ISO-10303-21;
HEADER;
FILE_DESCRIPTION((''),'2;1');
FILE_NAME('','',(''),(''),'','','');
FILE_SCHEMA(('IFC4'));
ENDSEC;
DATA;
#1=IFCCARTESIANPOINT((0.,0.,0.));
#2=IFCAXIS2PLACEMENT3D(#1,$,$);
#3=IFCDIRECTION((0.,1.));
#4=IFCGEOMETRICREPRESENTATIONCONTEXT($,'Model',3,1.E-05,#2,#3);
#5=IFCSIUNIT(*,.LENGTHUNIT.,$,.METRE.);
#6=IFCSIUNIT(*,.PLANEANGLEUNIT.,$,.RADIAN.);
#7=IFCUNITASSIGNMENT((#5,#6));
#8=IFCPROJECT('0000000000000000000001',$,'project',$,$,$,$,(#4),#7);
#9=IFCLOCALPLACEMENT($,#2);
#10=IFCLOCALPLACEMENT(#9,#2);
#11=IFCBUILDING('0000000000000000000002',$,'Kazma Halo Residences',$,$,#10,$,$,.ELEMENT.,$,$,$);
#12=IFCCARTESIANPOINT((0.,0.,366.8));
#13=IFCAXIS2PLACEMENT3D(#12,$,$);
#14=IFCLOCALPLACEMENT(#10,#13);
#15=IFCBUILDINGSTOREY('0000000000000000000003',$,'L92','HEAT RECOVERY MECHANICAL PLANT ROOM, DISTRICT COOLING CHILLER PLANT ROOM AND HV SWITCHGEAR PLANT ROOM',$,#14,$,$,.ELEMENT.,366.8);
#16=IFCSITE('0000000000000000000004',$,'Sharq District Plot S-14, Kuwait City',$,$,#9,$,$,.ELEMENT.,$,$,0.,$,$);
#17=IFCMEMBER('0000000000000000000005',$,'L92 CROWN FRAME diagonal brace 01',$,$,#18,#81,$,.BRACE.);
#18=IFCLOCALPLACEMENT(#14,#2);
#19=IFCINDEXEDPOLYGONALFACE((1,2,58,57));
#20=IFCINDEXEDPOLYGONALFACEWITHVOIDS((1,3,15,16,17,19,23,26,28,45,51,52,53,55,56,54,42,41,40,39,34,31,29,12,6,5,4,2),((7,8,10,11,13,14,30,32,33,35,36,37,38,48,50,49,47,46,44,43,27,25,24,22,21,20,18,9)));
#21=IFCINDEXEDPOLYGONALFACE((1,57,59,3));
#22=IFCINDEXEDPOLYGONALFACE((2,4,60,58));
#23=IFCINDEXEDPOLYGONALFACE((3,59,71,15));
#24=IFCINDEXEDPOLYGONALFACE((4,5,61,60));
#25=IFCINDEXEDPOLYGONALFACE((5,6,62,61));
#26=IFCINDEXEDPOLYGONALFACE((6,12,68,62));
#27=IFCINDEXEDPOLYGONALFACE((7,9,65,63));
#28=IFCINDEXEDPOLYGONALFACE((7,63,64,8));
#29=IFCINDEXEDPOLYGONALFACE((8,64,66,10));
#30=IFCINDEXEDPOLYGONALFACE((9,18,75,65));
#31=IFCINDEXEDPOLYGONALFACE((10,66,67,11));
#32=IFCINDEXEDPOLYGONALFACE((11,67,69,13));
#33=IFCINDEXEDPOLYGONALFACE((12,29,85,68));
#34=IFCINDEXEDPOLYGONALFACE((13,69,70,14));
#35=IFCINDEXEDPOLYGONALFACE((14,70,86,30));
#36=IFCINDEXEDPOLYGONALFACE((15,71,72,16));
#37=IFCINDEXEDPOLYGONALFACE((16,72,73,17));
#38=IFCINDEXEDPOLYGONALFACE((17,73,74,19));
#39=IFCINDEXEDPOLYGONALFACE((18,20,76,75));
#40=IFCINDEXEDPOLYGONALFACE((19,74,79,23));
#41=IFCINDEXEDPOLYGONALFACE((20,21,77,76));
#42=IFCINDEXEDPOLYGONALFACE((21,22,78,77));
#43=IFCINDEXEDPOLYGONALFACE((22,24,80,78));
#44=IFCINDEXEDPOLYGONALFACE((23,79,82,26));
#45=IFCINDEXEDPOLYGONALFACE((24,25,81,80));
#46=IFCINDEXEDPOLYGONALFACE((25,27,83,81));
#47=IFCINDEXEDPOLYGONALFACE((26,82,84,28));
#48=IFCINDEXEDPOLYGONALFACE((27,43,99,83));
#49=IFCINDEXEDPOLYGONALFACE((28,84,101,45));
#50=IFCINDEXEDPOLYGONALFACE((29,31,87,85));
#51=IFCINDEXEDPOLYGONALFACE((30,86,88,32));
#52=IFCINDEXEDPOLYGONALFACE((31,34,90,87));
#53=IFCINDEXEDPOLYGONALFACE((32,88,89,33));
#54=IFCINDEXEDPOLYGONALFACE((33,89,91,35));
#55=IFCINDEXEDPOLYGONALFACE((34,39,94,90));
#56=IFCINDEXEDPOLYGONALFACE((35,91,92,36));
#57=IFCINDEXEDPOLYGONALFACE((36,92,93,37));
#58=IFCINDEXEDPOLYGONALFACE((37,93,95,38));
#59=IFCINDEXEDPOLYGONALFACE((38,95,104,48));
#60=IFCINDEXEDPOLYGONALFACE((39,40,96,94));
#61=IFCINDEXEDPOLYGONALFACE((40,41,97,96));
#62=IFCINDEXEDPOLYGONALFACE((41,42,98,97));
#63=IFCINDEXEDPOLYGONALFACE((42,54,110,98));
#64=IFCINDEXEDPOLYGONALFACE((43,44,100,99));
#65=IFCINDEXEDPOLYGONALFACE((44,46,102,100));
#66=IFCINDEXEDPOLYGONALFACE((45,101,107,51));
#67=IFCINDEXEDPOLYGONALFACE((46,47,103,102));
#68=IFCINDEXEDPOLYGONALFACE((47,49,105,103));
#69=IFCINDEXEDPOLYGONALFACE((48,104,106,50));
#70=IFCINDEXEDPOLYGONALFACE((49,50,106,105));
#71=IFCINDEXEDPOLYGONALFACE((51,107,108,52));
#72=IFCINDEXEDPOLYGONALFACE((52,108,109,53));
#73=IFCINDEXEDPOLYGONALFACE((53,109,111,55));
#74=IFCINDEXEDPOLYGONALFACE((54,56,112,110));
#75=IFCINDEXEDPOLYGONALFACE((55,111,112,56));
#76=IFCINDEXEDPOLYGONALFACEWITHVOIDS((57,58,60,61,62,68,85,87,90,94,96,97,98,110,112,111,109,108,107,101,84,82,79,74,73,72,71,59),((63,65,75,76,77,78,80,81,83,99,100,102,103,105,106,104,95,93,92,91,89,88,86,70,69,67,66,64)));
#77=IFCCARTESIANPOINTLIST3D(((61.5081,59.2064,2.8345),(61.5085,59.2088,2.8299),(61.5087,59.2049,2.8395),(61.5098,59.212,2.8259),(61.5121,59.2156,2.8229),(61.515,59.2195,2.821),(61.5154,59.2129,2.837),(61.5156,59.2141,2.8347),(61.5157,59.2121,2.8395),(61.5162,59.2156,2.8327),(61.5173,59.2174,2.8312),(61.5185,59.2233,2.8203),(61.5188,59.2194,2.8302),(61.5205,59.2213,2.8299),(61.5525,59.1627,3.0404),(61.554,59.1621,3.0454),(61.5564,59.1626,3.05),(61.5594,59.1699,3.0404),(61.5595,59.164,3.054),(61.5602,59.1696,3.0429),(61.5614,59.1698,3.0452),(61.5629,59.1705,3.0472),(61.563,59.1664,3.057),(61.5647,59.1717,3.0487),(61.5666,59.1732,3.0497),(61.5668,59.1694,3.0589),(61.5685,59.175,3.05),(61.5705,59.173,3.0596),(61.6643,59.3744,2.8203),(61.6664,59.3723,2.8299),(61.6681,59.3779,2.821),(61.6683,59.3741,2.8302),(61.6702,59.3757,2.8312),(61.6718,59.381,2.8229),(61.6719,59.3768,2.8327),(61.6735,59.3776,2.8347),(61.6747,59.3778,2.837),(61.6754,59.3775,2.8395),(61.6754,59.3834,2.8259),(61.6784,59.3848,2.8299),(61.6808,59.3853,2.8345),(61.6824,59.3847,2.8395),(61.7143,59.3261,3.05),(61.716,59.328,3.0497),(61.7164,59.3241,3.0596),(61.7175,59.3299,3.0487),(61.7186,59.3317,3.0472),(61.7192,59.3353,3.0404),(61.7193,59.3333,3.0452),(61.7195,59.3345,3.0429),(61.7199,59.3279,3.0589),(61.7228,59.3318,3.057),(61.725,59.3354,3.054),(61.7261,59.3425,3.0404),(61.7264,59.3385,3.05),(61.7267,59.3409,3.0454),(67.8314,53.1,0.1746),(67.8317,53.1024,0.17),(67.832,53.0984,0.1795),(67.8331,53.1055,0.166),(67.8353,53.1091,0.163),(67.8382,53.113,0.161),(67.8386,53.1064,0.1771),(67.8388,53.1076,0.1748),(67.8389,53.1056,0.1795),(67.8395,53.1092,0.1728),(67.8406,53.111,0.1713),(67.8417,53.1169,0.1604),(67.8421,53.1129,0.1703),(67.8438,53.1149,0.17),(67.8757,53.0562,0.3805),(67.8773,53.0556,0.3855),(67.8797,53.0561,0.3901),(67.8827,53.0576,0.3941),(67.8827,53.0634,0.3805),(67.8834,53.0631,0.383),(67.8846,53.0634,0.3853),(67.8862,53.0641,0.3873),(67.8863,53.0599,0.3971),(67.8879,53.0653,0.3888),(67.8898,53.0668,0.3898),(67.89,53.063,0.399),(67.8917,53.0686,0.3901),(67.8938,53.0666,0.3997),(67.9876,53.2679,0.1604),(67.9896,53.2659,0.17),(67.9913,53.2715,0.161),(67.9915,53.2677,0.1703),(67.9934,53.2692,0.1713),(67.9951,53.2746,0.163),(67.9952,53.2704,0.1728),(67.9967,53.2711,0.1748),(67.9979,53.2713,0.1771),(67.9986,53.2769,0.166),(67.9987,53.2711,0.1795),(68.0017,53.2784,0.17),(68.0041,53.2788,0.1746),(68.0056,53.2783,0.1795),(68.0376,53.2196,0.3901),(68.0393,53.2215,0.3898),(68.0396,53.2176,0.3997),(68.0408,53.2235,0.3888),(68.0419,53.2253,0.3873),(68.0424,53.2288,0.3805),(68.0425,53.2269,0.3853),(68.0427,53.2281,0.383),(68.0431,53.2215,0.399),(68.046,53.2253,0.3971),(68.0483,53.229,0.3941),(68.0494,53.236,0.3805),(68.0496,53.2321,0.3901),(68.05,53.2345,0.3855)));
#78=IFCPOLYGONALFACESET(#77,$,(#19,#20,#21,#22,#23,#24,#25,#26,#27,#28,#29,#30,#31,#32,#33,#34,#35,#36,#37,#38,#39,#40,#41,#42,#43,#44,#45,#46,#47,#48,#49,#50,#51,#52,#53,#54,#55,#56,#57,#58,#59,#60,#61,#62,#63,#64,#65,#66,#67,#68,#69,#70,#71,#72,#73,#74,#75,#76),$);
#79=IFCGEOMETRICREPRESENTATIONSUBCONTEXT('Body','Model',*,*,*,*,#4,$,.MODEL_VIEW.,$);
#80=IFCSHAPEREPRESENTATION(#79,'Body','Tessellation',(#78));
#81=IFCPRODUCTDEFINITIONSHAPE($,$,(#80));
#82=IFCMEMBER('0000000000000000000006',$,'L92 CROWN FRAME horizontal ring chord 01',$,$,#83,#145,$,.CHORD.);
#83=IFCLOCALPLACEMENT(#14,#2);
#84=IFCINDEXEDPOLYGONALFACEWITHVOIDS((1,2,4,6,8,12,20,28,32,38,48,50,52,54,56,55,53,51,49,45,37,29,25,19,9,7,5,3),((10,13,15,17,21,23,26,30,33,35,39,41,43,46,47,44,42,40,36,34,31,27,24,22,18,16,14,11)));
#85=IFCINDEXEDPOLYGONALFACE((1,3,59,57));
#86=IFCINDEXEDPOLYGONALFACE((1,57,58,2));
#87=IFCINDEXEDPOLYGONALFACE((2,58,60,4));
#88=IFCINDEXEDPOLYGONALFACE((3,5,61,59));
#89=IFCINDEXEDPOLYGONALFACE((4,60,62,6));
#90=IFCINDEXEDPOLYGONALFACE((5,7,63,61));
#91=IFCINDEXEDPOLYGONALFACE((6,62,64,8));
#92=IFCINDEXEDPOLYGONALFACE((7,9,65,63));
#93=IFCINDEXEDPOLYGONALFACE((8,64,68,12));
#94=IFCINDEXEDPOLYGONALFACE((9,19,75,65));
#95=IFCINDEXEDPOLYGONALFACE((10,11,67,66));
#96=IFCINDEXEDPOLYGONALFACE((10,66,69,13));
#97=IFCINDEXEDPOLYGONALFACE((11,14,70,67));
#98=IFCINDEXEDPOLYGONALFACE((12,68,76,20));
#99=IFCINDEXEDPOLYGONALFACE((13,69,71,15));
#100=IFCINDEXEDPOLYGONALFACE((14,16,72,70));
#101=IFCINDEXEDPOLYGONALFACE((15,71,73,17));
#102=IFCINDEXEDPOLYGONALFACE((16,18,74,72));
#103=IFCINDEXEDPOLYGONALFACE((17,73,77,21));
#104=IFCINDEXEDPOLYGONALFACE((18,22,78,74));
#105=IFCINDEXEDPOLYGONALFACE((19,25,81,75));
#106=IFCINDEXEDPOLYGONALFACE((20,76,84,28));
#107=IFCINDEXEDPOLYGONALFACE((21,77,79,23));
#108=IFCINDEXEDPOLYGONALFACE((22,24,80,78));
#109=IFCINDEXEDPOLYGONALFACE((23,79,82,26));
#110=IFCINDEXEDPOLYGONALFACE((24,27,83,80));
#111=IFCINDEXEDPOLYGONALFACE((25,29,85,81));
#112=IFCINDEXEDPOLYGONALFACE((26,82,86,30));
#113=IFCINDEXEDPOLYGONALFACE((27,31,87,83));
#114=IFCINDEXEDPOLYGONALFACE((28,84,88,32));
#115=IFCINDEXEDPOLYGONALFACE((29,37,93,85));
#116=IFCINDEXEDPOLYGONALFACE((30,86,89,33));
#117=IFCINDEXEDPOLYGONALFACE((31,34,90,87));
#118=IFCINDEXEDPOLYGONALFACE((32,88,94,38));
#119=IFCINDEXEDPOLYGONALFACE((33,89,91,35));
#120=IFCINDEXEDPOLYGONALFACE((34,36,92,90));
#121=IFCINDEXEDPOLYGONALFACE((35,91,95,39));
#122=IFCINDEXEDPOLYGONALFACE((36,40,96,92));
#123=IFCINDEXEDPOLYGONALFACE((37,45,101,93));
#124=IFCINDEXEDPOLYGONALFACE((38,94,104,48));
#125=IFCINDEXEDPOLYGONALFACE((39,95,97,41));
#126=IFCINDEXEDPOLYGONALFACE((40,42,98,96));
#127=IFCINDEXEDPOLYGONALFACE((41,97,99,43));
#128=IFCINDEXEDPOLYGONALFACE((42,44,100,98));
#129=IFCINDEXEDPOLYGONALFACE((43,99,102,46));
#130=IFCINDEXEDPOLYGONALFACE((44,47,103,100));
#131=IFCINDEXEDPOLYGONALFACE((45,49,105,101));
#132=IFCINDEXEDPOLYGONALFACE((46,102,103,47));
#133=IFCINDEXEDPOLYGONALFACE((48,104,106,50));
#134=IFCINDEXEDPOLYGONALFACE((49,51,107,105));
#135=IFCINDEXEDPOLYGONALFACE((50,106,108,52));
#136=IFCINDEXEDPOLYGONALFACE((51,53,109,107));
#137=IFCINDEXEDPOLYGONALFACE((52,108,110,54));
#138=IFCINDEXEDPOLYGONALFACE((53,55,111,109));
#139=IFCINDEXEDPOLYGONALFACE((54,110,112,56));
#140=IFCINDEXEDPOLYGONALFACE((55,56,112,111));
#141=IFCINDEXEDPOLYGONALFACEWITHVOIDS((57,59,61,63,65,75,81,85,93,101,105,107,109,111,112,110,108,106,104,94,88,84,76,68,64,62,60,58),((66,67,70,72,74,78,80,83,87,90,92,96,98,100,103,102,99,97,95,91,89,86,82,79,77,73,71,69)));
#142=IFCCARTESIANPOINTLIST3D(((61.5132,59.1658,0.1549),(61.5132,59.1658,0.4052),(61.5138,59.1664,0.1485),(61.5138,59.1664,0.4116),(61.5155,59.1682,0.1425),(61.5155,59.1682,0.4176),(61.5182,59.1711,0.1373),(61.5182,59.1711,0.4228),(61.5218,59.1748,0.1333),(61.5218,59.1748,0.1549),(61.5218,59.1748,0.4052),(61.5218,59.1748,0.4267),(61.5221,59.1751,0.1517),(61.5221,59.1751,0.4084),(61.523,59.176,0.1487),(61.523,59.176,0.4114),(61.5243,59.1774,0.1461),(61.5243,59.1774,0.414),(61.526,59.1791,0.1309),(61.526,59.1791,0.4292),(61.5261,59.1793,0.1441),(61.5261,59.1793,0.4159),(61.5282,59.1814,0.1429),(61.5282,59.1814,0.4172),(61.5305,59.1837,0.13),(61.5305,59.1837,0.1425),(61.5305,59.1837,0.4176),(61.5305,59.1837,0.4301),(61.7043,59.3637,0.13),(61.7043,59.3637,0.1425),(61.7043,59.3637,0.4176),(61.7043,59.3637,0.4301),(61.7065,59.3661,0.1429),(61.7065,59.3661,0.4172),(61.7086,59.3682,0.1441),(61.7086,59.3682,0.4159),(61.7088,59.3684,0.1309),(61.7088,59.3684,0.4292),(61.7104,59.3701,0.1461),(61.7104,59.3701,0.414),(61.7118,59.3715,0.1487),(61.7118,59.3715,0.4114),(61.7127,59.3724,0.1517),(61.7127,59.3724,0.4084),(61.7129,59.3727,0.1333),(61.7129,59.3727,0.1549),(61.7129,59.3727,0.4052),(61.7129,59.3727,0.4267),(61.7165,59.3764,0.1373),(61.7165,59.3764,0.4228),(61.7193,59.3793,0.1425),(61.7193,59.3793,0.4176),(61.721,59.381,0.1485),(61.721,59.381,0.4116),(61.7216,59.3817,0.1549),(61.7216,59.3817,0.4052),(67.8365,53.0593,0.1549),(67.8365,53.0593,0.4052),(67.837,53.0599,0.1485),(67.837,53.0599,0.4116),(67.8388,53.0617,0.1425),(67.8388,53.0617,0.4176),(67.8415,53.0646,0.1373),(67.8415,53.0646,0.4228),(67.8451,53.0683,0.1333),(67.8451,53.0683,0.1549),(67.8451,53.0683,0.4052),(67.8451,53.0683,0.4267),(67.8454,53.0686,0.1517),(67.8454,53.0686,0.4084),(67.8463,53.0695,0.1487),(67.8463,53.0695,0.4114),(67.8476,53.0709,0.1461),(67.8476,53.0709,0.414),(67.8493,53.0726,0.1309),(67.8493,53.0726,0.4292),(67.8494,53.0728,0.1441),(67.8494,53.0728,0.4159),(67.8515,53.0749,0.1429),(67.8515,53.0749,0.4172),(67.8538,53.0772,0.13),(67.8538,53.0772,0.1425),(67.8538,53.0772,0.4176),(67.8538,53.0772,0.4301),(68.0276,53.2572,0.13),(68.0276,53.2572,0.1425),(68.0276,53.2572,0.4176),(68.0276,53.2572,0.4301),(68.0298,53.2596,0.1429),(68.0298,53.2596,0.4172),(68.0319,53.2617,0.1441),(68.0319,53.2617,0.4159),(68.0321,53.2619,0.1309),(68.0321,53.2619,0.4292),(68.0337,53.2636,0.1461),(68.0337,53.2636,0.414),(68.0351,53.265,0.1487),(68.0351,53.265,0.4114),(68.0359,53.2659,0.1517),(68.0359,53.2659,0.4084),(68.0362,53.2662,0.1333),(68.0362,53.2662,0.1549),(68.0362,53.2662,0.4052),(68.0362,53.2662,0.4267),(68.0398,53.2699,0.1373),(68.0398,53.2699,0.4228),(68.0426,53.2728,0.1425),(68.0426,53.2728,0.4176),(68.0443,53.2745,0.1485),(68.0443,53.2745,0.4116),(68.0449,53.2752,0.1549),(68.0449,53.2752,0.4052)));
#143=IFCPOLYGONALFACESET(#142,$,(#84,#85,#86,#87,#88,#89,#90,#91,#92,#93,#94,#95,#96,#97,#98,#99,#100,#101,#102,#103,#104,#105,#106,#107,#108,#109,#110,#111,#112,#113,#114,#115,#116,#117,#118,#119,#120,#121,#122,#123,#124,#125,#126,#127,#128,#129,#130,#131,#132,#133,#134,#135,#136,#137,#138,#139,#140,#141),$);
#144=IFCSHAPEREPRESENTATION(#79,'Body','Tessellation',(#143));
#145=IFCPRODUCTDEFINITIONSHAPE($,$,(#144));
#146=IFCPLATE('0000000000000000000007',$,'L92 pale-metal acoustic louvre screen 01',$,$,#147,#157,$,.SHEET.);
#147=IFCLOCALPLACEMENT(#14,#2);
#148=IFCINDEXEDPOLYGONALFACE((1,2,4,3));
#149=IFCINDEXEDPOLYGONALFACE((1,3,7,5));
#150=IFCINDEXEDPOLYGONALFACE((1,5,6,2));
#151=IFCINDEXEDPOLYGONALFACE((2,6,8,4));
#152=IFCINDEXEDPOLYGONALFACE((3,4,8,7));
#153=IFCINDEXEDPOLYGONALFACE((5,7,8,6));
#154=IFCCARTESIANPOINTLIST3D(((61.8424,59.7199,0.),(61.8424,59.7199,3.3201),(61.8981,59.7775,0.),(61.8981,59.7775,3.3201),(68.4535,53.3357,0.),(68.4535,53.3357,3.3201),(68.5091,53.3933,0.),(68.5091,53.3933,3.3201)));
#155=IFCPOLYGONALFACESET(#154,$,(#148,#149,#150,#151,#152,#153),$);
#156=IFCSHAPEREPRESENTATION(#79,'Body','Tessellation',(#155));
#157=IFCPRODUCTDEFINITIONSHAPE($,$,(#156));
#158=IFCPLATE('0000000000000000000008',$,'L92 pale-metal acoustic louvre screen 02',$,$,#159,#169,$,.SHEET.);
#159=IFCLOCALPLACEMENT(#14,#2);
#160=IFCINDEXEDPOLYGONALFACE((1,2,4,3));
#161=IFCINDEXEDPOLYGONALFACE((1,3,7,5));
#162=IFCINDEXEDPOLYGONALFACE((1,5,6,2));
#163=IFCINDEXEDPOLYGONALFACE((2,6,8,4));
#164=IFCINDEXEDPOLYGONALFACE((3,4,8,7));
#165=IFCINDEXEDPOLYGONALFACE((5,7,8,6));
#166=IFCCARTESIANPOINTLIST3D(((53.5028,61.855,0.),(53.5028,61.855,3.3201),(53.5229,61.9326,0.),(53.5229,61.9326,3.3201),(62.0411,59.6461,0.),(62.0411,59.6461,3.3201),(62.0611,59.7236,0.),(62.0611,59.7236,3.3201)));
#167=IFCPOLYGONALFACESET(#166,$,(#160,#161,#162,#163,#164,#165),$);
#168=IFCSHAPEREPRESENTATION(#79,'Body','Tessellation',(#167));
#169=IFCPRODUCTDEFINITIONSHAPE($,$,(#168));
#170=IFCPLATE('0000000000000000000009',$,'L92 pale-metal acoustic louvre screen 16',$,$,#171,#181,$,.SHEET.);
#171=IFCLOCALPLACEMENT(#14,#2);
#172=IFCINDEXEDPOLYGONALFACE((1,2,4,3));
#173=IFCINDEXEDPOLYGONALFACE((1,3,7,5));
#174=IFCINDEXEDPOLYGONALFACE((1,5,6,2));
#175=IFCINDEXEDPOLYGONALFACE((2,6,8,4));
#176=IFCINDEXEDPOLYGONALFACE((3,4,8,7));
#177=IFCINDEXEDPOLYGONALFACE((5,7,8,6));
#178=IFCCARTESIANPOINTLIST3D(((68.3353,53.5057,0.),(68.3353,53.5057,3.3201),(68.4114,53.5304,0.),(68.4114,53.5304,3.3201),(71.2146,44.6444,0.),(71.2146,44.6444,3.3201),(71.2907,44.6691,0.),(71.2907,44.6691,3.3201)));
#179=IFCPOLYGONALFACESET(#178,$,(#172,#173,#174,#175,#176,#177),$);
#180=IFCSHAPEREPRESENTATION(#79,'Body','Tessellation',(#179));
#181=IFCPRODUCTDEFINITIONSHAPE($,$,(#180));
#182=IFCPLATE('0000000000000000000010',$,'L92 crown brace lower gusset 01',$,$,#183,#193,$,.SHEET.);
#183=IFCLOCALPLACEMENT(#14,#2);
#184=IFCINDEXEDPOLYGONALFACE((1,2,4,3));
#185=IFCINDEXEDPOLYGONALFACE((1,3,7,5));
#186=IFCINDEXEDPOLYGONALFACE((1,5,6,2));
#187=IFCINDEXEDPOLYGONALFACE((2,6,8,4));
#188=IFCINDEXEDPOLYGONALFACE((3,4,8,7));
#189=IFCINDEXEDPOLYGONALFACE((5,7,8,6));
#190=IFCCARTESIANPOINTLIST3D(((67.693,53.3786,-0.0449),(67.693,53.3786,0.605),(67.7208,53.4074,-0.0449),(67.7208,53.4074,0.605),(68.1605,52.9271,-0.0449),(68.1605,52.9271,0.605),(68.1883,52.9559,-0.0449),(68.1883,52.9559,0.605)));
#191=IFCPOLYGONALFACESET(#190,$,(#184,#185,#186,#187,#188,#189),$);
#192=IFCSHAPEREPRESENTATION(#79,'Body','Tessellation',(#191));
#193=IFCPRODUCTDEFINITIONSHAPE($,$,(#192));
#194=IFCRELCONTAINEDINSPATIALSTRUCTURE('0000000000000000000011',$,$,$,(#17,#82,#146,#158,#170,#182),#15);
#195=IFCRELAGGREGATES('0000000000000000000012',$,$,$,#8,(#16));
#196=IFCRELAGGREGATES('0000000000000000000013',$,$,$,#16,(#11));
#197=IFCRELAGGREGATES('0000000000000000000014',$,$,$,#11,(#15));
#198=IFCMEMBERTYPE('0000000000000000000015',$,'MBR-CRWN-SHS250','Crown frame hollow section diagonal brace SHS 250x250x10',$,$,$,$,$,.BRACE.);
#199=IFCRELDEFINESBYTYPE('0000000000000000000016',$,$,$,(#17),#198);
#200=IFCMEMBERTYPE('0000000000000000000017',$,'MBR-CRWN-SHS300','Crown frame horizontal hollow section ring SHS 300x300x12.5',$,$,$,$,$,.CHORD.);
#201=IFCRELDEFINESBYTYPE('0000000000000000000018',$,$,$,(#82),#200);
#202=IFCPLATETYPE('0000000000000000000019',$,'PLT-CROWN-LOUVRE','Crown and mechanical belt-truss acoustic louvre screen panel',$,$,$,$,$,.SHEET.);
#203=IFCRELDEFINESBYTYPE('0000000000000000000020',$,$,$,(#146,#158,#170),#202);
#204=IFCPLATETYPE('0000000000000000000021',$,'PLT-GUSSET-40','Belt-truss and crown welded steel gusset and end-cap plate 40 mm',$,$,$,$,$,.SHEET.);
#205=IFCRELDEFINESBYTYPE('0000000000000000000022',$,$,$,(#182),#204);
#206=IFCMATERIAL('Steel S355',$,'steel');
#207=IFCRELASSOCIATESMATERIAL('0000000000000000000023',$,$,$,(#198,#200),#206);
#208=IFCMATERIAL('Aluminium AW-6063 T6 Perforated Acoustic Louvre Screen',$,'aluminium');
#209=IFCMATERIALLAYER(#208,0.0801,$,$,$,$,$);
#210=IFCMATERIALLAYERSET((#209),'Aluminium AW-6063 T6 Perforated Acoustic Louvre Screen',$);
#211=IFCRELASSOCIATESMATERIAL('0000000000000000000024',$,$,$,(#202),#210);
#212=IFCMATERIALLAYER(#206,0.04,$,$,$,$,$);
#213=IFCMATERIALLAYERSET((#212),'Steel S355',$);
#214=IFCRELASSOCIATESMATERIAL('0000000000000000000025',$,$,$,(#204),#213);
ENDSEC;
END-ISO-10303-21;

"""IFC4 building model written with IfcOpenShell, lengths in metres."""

from ifc_helpers import new_model, si_unit, direction, frame, origin, origin_2d, place, context, subcontext, project, spatial, rectangle, hollow_rectangle, extrude, material, layer, layer_set, material_profile, profile_set, type_object, element, save


model = new_model("IFC4")

# Units and contexts
model_context = context("Model", 3, precision=1e-05, world=origin(), true_north=direction((0.0, 1.0)))
body_context = subcontext(model_context, "Body", "Model", "MODEL_VIEW")
ifc_project = project(units=[si_unit("LENGTHUNIT", "METRE"), si_unit("PLANEANGLEUNIT", "RADIAN")], contexts=[model_context])

# Site, building, storey
site_placement = place(None, origin())
site = spatial("IfcSite", under=ifc_project, at=site_placement, Name="Sharq District Plot S-14, Kuwait City", CompositionType="ELEMENT", RefElevation=0.0)
building_placement = place(site_placement, origin())
building = spatial("IfcBuilding", under=site, at=building_placement, Name="Kazma Halo Residences", CompositionType="ELEMENT")
storey_placement = place(building_placement, frame((0.0, 0.0, 366.8)))
storey = spatial("IfcBuildingStorey", under=building, at=storey_placement, Name="L92", Description="HEAT RECOVERY MECHANICAL PLANT ROOM, DISTRICT COOLING CHILLER PLANT ROOM AND HV SWITCHGEAR PLANT ROOM", CompositionType="ELEMENT", Elevation=366.8)

# Shared definitions
ifc_material_1 = material(Name="Steel S355", Category="steel")

# Members
ifc_material_profile_1 = material_profile(ifc_material_1, hollow_rectangle(XDim=0.25, YDim=0.25, WallThickness=0.01, InnerFilletRadius=0.01, OuterFilletRadius=0.02, at=origin_2d()), Name="SHS250x250x10")
ifc_profile_set_1 = profile_set([ifc_material_profile_1], Name="Steel S355")
member_type_1 = type_object("IfcMemberType", Name="MBR-CRWN-SHS250", Description="Crown frame hollow section diagonal brace SHS 250x250x10", PredefinedType="BRACE", material=ifc_profile_set_1)
member_1_placement = place(storey_placement, frame((67.9407, 53.1672, 0.28), z_axis=(-0.688501, 0.664895, 0.289622), x_axis=(-0.694668, -0.719331, 0.0)))
element("IfcMember", 1, at=member_1_placement, inside=storey, type_object=member_type_1, Name="L92 CROWN FRAME diagonal brace 01", PredefinedType="BRACE", context=body_context, shape_type="SweptSolid", body=[
    extrude(hollow_rectangle(XDim=0.25, YDim=0.25, WallThickness=0.01, InnerFilletRadius=0.01, OuterFilletRadius=0.02, at=origin_2d()), origin(), (0.0, 0.0, 1.0), 9.1841),
])
ifc_material_profile_2 = material_profile(ifc_material_1, hollow_rectangle(XDim=0.3, YDim=0.3, WallThickness=0.0125, InnerFilletRadius=0.0125, OuterFilletRadius=0.0249, at=origin_2d()), Name="SHS300x300x12.5")
ifc_profile_set_2 = profile_set([ifc_material_profile_2], Name="Steel S355")
member_type_2 = type_object("IfcMemberType", Name="MBR-CRWN-SHS300", Description="Crown frame horizontal hollow section ring SHS 300x300x12.5", PredefinedType="CHORD", material=ifc_profile_set_2)
member_2_placement = place(storey_placement, frame((67.9407, 53.1672, 0.28), z_axis=(-0.719331, 0.694668, 0.0), x_axis=(-0.694668, -0.719331, 0.0)))
element("IfcMember", 2, at=member_2_placement, inside=storey, type_object=member_type_2, Name="L92 CROWN FRAME horizontal ring chord 01", PredefinedType="CHORD", context=body_context, shape_type="SweptSolid", body=[
    extrude(hollow_rectangle(XDim=0.3, YDim=0.3, WallThickness=0.0125, InnerFilletRadius=0.0125, OuterFilletRadius=0.0249, at=origin_2d()), origin(), (0.0, 0.0, 1.0), 8.7905),
])

# Plates
ifc_material_2 = material(Name="Aluminium AW-6063 T6 Perforated Acoustic Louvre Screen", Category="aluminium")
ifc_layer_1 = layer(ifc_material_2, 0.0801)
ifc_layer_set_1 = layer_set([ifc_layer_1], Name="Aluminium AW-6063 T6 Perforated Acoustic Louvre Screen")
plate_type_1 = type_object("IfcPlateType", Name="PLT-CROWN-LOUVRE", Description="Crown and mechanical belt-truss acoustic louvre screen panel", PredefinedType="SHEET", material=ifc_layer_set_1)
plate_1_placement = place(storey_placement, frame((65.1758, 56.5566, 0.0), z_axis=(0.0, 0.0, 1.0), x_axis=(-0.719342, 0.694656, 0.0)))
element("IfcPlate", 3, at=plate_1_placement, inside=storey, type_object=plate_type_1, Name="L92 pale-metal acoustic louvre screen 01", PredefinedType="SHEET", context=body_context, shape_type="SweptSolid", body=[
    extrude(rectangle(XDim=9.1904, YDim=0.0801, at=origin_2d()), origin(), (0.0, 0.0, 1.0), 3.3201),
])
plate_2_placement = place(storey_placement, frame((57.782, 60.7893, 0.0), z_axis=(0.0, 0.0, 1.0), x_axis=(-0.968124, 0.25047, 0.0)))
element("IfcPlate", 4, at=plate_2_placement, inside=storey, type_object=plate_type_1, Name="L92 pale-metal acoustic louvre screen 02", PredefinedType="SHEET", context=body_context, shape_type="SweptSolid", body=[
    extrude(rectangle(XDim=8.8193, YDim=0.0801, at=origin_2d()), origin(), (0.0, 0.0, 1.0), 3.3201),
])
plate_3_placement = place(storey_placement, frame((69.813, 49.0874, 0.0), z_axis=(0.0, 0.0, 1.0), x_axis=(-0.309023, 0.951055, 0.0)))
element("IfcPlate", 5, at=plate_3_placement, inside=storey, type_object=plate_type_1, Name="L92 pale-metal acoustic louvre screen 16", PredefinedType="SHEET", context=body_context, shape_type="SweptSolid", body=[
    extrude(rectangle(XDim=9.3174, YDim=0.0801, at=origin_2d()), origin(), (0.0, 0.0, 1.0), 3.3201),
])
ifc_layer_2 = layer(ifc_material_1, 0.04)
ifc_layer_set_2 = layer_set([ifc_layer_2], Name="Steel S355")
plate_type_2 = type_object("IfcPlateType", Name="PLT-GUSSET-40", Description="Belt-truss and crown welded steel gusset and end-cap plate 40 mm", PredefinedType="SHEET", material=ifc_layer_set_2)
for number, where, z_axis, x_axis, name in (
    (6, (67.9407, 53.1672, -0.0449), (0.0, 0.0, 1.0), (-0.719342, 0.694656, 0.0), "L92 crown brace lower gusset 01"),
):
    element("IfcPlate", number, at=place(storey_placement, frame(where, z_axis=z_axis, x_axis=x_axis)), inside=storey, type_object=plate_type_2, Name=name, PredefinedType="SHEET", context=body_context, shape_type="SweptSolid", body=[
        extrude(rectangle(XDim=0.6499, YDim=0.04, at=origin_2d()), origin(), (0.0, 0.0, 1.0), 0.6499),
    ])

save(model, "model.ifc")
